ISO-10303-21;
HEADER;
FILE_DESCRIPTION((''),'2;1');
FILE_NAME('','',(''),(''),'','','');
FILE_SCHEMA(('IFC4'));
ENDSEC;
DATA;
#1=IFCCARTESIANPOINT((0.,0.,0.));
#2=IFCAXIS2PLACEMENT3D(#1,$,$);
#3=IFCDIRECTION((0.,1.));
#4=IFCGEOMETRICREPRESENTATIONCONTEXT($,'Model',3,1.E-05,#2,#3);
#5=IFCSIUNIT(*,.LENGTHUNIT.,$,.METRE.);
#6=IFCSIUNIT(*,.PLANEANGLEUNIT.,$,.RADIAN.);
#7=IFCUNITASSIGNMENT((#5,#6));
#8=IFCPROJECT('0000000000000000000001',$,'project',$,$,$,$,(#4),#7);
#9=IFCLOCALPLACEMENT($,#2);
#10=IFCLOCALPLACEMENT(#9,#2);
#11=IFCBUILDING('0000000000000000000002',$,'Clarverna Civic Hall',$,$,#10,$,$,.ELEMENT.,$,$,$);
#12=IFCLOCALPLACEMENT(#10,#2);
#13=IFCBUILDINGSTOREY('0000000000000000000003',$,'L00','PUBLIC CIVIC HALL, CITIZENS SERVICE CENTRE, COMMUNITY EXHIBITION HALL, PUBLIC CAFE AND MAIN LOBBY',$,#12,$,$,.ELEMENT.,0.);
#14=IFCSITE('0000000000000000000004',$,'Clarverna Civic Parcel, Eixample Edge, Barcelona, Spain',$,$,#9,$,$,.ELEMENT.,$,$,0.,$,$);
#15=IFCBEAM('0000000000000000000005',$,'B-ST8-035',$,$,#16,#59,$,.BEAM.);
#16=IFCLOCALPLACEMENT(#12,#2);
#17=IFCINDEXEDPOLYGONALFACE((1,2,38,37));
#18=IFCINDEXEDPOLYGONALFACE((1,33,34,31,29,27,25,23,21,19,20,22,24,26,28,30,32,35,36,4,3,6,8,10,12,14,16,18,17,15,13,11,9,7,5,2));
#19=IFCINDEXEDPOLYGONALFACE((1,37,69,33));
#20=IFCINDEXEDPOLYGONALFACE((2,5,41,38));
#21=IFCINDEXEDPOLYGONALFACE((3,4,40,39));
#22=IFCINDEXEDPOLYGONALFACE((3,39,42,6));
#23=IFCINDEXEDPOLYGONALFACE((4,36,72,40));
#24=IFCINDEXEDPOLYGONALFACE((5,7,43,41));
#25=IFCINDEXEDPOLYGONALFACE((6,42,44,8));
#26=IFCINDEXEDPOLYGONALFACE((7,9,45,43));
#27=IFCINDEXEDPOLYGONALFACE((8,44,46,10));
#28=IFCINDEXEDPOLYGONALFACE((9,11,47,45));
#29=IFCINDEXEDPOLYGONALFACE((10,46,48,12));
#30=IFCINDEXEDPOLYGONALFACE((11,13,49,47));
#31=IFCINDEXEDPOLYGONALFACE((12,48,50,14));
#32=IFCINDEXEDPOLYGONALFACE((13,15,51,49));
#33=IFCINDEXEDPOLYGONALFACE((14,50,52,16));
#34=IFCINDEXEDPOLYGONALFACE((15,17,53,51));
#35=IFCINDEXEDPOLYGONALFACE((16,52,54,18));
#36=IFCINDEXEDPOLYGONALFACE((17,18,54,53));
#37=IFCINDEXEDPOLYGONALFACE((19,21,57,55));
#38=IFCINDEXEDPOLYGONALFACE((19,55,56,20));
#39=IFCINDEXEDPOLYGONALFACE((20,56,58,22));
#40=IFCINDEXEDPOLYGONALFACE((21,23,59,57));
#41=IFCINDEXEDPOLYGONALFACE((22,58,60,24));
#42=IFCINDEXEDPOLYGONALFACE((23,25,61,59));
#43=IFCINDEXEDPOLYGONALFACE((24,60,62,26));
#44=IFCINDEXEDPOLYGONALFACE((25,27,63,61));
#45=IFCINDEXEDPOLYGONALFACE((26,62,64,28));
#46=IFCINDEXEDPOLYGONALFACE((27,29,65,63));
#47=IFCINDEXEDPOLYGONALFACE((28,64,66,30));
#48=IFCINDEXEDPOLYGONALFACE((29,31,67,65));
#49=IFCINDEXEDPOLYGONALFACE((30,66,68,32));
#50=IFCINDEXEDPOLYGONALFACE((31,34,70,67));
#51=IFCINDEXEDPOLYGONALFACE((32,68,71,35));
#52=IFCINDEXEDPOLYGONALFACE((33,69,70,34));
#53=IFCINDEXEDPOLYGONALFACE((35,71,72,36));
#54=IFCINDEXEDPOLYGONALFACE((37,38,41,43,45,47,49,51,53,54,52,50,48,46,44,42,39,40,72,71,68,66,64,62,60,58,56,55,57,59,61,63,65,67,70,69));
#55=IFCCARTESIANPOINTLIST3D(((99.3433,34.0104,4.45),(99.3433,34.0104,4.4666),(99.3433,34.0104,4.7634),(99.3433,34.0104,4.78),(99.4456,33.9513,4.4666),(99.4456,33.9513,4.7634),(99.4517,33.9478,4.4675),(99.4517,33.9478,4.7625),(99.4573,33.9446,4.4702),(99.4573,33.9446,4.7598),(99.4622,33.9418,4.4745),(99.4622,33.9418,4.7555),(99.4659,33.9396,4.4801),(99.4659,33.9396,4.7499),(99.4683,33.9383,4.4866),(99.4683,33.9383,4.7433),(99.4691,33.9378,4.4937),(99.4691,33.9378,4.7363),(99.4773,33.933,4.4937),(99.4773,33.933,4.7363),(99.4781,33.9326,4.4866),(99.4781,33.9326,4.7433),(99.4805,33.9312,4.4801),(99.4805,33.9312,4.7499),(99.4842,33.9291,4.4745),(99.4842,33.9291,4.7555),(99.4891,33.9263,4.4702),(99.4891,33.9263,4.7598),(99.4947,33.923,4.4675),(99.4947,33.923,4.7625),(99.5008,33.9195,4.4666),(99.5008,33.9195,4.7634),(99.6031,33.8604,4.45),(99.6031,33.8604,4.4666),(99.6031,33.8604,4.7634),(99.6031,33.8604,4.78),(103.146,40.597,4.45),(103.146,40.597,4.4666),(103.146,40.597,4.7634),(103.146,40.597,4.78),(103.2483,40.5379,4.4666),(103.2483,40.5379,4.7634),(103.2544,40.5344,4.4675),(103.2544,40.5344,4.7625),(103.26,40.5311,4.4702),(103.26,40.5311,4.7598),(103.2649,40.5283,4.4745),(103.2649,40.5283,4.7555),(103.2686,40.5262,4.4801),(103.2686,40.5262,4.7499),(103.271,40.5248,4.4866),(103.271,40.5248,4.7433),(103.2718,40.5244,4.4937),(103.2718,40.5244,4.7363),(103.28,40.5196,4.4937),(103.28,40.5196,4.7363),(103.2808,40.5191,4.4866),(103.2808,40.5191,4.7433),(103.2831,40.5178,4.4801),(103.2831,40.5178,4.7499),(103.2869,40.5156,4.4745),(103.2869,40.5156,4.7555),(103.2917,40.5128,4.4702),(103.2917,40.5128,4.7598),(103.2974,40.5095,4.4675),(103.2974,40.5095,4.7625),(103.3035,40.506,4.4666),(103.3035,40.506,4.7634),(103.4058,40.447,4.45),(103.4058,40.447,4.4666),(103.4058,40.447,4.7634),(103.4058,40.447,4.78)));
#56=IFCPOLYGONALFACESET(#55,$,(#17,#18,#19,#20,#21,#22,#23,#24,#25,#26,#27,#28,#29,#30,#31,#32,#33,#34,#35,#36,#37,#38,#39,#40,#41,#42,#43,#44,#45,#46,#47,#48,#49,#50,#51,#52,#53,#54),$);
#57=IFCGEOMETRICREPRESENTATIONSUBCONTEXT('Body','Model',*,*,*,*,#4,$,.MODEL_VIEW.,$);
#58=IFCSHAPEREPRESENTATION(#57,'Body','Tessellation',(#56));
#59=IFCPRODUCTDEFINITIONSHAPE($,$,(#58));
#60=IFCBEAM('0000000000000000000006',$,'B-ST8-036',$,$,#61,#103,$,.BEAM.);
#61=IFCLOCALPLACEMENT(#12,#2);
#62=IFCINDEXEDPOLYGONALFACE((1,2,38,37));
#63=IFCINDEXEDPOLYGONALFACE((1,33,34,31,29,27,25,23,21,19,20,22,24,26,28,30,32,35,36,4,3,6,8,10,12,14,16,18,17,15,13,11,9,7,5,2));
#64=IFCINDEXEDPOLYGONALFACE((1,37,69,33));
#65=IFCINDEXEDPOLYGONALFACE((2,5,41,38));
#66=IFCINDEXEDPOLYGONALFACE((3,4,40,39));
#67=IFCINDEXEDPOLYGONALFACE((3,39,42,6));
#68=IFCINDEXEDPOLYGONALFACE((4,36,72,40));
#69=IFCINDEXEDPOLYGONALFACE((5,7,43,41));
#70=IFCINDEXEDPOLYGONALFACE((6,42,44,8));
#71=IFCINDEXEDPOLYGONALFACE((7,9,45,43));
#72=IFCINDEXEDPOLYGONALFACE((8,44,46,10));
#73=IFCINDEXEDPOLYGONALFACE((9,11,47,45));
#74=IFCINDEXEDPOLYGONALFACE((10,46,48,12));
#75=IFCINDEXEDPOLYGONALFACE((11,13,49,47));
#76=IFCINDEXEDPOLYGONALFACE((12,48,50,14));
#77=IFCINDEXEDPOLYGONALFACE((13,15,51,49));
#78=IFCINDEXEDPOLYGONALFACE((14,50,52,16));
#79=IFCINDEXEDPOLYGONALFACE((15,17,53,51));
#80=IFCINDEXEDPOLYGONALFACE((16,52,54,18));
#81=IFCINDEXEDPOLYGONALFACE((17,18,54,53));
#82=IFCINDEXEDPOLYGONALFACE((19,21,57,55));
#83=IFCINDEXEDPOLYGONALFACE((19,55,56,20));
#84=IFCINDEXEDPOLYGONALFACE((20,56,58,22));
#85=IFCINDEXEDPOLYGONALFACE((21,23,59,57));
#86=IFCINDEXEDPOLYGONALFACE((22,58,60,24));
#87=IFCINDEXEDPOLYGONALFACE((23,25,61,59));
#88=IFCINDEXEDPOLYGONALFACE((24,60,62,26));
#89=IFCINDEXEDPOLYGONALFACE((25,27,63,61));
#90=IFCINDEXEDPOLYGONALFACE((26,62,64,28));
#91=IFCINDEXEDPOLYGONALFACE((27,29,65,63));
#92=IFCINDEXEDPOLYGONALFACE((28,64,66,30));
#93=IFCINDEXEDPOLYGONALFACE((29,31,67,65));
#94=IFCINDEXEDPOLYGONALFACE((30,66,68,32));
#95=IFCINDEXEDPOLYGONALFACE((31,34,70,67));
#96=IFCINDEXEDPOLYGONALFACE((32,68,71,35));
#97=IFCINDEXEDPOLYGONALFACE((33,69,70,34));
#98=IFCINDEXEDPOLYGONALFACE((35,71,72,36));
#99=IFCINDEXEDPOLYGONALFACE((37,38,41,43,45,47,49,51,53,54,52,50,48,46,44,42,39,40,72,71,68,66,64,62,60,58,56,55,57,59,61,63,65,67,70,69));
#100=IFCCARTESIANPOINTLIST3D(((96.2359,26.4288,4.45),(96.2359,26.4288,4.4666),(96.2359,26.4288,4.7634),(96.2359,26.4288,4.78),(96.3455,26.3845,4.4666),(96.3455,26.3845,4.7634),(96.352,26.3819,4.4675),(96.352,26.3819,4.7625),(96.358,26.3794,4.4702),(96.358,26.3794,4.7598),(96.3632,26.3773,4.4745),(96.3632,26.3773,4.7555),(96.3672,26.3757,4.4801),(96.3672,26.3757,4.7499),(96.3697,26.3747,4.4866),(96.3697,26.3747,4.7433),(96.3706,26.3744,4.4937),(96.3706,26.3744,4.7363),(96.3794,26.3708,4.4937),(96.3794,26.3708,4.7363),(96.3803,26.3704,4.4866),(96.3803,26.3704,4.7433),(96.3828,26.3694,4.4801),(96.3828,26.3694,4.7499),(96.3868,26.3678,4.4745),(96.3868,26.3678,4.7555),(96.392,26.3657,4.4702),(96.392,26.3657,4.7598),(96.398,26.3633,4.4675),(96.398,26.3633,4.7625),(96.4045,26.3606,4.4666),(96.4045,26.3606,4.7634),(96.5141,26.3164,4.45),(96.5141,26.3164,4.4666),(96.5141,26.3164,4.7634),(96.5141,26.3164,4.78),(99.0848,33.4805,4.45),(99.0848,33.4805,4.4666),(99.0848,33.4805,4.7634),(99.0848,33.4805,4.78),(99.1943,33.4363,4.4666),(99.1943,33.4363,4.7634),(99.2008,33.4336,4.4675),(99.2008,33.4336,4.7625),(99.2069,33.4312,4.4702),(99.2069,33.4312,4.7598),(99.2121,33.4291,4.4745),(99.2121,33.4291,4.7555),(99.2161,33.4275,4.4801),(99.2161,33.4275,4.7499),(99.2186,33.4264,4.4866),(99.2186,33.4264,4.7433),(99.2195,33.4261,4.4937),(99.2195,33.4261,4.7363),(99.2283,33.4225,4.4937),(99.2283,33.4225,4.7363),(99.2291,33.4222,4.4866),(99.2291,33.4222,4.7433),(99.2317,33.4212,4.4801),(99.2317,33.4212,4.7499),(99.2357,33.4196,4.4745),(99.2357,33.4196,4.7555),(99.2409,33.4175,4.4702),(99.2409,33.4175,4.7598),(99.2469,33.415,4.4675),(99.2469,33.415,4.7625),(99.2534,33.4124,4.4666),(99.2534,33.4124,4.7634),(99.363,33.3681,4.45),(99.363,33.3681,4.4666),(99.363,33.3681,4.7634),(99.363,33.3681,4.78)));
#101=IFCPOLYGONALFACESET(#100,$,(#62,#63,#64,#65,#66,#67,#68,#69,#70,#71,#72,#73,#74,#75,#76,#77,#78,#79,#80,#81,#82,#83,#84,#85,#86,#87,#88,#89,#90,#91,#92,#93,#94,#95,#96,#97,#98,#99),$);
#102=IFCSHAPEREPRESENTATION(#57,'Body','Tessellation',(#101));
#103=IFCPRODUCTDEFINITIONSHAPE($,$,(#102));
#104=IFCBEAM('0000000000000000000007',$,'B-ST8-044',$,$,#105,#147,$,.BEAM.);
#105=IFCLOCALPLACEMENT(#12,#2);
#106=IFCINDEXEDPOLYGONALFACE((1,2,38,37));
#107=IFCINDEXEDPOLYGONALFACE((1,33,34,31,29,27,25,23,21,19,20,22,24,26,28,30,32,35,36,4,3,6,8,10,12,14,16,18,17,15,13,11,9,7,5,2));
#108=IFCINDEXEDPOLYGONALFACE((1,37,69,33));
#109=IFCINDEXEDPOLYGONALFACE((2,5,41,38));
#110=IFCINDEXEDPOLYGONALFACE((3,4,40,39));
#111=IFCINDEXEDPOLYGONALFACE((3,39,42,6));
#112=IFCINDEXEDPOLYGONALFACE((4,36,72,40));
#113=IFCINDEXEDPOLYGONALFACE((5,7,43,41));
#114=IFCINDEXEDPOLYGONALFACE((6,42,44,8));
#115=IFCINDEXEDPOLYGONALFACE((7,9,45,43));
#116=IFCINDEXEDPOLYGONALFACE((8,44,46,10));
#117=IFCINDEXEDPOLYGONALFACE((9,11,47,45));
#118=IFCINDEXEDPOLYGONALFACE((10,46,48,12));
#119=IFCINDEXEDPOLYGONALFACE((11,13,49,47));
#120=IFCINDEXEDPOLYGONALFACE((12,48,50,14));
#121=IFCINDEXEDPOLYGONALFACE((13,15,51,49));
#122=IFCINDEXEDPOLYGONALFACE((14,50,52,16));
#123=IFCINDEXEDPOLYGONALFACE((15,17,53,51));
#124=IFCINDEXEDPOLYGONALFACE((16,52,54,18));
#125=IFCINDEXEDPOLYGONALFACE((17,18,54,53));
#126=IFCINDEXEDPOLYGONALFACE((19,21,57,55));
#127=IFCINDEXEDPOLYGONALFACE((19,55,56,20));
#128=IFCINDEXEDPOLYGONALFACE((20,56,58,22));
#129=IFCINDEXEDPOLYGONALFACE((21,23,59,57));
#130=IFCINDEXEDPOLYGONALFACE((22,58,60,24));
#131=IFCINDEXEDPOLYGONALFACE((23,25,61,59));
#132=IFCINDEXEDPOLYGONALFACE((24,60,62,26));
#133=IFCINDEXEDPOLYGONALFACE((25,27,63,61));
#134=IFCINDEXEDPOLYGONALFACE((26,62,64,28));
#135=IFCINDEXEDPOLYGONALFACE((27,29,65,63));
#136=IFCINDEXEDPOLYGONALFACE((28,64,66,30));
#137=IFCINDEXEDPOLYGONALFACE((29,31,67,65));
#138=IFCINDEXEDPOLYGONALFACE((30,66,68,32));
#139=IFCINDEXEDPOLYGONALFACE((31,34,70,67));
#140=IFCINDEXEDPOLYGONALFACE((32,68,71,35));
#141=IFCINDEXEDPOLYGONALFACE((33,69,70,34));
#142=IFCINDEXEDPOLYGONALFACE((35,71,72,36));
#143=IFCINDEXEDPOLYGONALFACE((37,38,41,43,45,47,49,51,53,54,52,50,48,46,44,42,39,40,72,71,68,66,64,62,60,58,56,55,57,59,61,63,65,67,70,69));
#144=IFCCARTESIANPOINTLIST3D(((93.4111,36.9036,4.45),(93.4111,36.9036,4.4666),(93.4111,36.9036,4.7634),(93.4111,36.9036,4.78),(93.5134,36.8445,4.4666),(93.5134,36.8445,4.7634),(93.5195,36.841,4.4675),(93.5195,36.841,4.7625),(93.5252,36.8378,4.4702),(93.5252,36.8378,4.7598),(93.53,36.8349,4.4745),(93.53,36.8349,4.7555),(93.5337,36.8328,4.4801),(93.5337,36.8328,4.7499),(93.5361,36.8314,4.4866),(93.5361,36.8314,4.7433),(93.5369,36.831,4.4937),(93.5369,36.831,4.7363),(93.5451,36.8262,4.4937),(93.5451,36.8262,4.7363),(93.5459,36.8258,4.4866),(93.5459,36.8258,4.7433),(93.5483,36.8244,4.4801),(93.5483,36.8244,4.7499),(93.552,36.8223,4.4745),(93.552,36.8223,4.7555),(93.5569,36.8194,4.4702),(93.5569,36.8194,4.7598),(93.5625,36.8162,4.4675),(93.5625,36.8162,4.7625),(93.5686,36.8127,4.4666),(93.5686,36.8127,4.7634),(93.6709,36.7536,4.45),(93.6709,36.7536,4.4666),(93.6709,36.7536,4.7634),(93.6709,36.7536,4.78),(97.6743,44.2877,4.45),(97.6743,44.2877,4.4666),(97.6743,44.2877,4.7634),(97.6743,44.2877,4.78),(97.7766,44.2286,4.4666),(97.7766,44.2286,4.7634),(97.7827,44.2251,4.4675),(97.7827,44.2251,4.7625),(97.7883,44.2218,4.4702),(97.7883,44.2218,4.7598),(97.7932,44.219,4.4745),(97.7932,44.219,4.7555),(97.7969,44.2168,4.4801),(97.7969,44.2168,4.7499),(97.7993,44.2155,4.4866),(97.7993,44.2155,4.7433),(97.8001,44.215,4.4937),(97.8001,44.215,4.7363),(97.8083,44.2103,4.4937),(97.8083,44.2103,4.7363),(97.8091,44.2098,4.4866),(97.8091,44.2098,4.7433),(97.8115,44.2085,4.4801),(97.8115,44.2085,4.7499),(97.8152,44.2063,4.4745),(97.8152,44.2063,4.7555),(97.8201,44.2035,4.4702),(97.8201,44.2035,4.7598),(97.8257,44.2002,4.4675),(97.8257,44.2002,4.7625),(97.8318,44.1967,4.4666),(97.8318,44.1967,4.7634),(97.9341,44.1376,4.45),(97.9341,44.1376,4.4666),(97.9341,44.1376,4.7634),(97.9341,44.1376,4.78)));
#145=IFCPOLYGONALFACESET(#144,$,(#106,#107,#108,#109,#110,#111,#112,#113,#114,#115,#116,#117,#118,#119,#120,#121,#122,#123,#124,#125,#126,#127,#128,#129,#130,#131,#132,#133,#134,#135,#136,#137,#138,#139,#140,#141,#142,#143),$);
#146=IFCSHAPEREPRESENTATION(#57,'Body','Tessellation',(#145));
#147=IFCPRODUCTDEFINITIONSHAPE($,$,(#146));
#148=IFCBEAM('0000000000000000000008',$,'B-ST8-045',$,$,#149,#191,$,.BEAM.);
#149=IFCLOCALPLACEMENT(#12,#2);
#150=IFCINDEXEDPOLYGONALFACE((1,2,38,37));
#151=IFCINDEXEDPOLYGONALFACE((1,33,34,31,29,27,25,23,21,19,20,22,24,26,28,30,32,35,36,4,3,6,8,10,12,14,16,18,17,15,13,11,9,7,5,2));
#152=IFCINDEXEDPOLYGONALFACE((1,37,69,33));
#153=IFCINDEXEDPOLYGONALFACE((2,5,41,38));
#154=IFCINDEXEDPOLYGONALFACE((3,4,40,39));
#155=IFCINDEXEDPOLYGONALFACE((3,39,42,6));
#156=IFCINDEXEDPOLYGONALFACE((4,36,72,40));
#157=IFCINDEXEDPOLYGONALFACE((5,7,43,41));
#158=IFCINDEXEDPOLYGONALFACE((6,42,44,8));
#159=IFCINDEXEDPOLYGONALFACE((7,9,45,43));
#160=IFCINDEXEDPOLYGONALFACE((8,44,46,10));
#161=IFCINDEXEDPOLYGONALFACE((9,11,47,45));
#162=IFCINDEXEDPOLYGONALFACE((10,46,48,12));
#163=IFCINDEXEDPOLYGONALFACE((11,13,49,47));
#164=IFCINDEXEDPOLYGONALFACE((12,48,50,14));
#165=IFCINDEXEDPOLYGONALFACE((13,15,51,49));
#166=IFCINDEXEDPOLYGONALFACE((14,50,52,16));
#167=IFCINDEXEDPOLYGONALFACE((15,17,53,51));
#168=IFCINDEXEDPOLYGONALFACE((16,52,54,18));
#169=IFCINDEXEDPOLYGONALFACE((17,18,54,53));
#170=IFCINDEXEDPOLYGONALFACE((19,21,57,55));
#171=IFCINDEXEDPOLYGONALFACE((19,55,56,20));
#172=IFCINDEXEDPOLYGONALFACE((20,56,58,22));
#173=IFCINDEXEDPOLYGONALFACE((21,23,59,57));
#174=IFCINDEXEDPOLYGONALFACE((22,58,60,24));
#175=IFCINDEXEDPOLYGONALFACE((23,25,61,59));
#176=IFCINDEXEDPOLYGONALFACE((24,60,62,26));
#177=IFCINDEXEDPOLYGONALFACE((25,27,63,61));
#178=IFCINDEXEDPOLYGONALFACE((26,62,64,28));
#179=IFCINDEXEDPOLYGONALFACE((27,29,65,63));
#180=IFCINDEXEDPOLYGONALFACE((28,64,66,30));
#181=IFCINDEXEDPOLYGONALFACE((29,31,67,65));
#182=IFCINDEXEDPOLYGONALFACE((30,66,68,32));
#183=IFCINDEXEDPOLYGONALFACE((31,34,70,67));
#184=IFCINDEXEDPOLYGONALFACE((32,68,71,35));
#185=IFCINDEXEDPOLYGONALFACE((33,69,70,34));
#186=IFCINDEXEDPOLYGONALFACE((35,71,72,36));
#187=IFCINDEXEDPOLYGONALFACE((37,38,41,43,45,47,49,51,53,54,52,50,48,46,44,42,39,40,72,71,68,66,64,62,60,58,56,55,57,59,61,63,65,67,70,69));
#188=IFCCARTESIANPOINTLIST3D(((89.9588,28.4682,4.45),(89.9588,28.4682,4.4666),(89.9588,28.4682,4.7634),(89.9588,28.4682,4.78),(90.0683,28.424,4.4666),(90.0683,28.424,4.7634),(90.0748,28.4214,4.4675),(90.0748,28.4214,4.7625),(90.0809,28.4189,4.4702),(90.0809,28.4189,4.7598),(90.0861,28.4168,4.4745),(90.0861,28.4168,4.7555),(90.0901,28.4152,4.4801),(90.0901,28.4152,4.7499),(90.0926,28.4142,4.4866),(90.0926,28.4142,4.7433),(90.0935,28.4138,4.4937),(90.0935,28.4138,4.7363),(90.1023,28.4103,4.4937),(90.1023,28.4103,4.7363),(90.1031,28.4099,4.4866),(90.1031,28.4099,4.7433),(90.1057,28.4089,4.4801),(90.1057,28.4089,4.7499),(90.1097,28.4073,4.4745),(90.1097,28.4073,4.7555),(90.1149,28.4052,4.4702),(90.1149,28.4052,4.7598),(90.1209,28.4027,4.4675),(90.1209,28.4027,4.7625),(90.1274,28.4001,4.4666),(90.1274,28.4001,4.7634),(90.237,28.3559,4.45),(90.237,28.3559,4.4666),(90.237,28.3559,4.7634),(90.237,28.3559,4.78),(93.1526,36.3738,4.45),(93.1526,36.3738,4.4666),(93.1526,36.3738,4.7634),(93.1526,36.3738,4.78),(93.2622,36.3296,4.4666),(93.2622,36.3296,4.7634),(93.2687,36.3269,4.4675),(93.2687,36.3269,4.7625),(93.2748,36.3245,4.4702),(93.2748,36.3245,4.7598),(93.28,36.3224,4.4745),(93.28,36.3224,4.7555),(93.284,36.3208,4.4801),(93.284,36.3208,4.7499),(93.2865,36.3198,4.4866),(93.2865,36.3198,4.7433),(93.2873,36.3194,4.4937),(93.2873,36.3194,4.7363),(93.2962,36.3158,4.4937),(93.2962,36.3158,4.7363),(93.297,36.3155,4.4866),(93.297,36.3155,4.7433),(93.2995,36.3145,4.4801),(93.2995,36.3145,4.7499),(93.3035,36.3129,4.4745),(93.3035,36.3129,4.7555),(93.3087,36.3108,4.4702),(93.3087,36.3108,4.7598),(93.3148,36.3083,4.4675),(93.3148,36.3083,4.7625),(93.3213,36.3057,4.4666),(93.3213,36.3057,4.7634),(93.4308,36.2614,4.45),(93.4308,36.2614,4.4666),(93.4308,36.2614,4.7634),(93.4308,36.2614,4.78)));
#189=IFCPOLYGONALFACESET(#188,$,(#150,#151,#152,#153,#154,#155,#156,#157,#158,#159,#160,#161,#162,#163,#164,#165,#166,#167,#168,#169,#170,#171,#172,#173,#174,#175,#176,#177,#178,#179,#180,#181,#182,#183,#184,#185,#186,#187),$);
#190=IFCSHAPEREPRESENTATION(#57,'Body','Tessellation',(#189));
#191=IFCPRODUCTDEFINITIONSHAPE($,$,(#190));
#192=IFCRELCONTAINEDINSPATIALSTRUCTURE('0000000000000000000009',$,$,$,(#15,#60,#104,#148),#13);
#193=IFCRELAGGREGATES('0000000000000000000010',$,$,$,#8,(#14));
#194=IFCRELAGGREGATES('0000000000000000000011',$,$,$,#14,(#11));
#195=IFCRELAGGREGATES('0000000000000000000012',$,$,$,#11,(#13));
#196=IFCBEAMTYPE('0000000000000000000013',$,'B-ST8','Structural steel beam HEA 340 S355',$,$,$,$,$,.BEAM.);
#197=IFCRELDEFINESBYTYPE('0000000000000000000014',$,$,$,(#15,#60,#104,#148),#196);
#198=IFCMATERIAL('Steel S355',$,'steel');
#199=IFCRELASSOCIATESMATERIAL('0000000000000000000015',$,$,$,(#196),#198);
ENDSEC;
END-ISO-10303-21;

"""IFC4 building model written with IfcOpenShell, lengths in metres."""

from ifc_helpers import new_model, si_unit, direction, frame, origin, origin_2d, place, context, subcontext, project, spatial, i_section, extrude, material, material_profile, profile_set, type_object, element, save


model = new_model("IFC4")

# Units and contexts
model_context = context("Model", 3, precision=1e-05, world=origin(), true_north=direction((0.0, 1.0)))
body_context = subcontext(model_context, "Body", "Model", "MODEL_VIEW")
ifc_project = project(units=[si_unit("LENGTHUNIT", "METRE"), si_unit("PLANEANGLEUNIT", "RADIAN")], contexts=[model_context])

# Site, building, storey
site_placement = place(None, origin())
site = spatial("IfcSite", under=ifc_project, at=site_placement, Name="Clarverna Civic Parcel, Eixample Edge, Barcelona, Spain", CompositionType="ELEMENT", RefElevation=0.0)
building_placement = place(site_placement, origin())
building = spatial("IfcBuilding", under=site, at=building_placement, Name="Clarverna Civic Hall", CompositionType="ELEMENT")
storey_placement = place(building_placement, origin())
storey = spatial("IfcBuildingStorey", under=building, at=storey_placement, Name="L00", Description="PUBLIC CIVIC HALL, CITIZENS SERVICE CENTRE, COMMUNITY EXHIBITION HALL, PUBLIC CAFE AND MAIN LOBBY", CompositionType="ELEMENT", Elevation=0.0)

# Beams
ifc_material_1 = material(Name="Steel S355", Category="steel")
ifc_material_profile_1 = material_profile(ifc_material_1, i_section(OverallWidth=0.3, OverallDepth=0.3301, WebThickness=0.0095, FlangeThickness=0.0166, FilletRadius=0.0271, at=origin_2d()), Name="HEA 340")
ifc_profile_set_1 = profile_set([ifc_material_profile_1], Name="Steel S355")
beam_type_1 = type_object("IfcBeamType", Name="B-ST8", Description="Structural steel beam HEA 340 S355", PredefinedType="BEAM", material=ifc_profile_set_1)
for number, where, z_axis, x_axis, name in (
    (1, (103.2759, 40.522, 4.615), (-0.499992, -0.86603, 0.0), (0.86603, -0.499992, 0.0), "B-ST8-035"),
    (2, (99.2239, 33.4243, 4.615), (-0.374582, -0.927194, 0.0), (0.927194, -0.374582, 0.0), "B-ST8-036"),
):
    element("IfcBeam", number, at=place(storey_placement, frame(where, z_axis=z_axis, x_axis=x_axis)), inside=storey, type_object=beam_type_1, Name=name, PredefinedType="BEAM", context=body_context, shape_type="SweptSolid", body=[
        extrude(i_section(OverallWidth=0.3, OverallDepth=0.3301, WebThickness=0.0095, FlangeThickness=0.0166, FilletRadius=0.0271, at=origin_2d()), origin(), (0.0, 0.0, 1.0), 7.6055),
    ])
for number, where, z_axis, x_axis, name in (
    (3, (97.8042, 44.2126, 4.615), (-0.500001, -0.866025, 0.0), (0.866025, -0.500001, 0.0), "B-ST8-044"),
    (4, (93.2917, 36.3176, 4.615), (-0.374588, -0.927192, 0.0), (0.927192, -0.374588, 0.0), "B-ST8-045"),
):
    element("IfcBeam", number, at=place(storey_placement, frame(where, z_axis=z_axis, x_axis=x_axis)), inside=storey, type_object=beam_type_1, Name=name, PredefinedType="BEAM", context=body_context, shape_type="SweptSolid", body=[
        extrude(i_section(OverallWidth=0.3, OverallDepth=0.3301, WebThickness=0.0095, FlangeThickness=0.0166, FilletRadius=0.0271, at=origin_2d()), origin(), (0.0, 0.0, 1.0), 8.5264),
    ])

save(model, "model.ifc")
